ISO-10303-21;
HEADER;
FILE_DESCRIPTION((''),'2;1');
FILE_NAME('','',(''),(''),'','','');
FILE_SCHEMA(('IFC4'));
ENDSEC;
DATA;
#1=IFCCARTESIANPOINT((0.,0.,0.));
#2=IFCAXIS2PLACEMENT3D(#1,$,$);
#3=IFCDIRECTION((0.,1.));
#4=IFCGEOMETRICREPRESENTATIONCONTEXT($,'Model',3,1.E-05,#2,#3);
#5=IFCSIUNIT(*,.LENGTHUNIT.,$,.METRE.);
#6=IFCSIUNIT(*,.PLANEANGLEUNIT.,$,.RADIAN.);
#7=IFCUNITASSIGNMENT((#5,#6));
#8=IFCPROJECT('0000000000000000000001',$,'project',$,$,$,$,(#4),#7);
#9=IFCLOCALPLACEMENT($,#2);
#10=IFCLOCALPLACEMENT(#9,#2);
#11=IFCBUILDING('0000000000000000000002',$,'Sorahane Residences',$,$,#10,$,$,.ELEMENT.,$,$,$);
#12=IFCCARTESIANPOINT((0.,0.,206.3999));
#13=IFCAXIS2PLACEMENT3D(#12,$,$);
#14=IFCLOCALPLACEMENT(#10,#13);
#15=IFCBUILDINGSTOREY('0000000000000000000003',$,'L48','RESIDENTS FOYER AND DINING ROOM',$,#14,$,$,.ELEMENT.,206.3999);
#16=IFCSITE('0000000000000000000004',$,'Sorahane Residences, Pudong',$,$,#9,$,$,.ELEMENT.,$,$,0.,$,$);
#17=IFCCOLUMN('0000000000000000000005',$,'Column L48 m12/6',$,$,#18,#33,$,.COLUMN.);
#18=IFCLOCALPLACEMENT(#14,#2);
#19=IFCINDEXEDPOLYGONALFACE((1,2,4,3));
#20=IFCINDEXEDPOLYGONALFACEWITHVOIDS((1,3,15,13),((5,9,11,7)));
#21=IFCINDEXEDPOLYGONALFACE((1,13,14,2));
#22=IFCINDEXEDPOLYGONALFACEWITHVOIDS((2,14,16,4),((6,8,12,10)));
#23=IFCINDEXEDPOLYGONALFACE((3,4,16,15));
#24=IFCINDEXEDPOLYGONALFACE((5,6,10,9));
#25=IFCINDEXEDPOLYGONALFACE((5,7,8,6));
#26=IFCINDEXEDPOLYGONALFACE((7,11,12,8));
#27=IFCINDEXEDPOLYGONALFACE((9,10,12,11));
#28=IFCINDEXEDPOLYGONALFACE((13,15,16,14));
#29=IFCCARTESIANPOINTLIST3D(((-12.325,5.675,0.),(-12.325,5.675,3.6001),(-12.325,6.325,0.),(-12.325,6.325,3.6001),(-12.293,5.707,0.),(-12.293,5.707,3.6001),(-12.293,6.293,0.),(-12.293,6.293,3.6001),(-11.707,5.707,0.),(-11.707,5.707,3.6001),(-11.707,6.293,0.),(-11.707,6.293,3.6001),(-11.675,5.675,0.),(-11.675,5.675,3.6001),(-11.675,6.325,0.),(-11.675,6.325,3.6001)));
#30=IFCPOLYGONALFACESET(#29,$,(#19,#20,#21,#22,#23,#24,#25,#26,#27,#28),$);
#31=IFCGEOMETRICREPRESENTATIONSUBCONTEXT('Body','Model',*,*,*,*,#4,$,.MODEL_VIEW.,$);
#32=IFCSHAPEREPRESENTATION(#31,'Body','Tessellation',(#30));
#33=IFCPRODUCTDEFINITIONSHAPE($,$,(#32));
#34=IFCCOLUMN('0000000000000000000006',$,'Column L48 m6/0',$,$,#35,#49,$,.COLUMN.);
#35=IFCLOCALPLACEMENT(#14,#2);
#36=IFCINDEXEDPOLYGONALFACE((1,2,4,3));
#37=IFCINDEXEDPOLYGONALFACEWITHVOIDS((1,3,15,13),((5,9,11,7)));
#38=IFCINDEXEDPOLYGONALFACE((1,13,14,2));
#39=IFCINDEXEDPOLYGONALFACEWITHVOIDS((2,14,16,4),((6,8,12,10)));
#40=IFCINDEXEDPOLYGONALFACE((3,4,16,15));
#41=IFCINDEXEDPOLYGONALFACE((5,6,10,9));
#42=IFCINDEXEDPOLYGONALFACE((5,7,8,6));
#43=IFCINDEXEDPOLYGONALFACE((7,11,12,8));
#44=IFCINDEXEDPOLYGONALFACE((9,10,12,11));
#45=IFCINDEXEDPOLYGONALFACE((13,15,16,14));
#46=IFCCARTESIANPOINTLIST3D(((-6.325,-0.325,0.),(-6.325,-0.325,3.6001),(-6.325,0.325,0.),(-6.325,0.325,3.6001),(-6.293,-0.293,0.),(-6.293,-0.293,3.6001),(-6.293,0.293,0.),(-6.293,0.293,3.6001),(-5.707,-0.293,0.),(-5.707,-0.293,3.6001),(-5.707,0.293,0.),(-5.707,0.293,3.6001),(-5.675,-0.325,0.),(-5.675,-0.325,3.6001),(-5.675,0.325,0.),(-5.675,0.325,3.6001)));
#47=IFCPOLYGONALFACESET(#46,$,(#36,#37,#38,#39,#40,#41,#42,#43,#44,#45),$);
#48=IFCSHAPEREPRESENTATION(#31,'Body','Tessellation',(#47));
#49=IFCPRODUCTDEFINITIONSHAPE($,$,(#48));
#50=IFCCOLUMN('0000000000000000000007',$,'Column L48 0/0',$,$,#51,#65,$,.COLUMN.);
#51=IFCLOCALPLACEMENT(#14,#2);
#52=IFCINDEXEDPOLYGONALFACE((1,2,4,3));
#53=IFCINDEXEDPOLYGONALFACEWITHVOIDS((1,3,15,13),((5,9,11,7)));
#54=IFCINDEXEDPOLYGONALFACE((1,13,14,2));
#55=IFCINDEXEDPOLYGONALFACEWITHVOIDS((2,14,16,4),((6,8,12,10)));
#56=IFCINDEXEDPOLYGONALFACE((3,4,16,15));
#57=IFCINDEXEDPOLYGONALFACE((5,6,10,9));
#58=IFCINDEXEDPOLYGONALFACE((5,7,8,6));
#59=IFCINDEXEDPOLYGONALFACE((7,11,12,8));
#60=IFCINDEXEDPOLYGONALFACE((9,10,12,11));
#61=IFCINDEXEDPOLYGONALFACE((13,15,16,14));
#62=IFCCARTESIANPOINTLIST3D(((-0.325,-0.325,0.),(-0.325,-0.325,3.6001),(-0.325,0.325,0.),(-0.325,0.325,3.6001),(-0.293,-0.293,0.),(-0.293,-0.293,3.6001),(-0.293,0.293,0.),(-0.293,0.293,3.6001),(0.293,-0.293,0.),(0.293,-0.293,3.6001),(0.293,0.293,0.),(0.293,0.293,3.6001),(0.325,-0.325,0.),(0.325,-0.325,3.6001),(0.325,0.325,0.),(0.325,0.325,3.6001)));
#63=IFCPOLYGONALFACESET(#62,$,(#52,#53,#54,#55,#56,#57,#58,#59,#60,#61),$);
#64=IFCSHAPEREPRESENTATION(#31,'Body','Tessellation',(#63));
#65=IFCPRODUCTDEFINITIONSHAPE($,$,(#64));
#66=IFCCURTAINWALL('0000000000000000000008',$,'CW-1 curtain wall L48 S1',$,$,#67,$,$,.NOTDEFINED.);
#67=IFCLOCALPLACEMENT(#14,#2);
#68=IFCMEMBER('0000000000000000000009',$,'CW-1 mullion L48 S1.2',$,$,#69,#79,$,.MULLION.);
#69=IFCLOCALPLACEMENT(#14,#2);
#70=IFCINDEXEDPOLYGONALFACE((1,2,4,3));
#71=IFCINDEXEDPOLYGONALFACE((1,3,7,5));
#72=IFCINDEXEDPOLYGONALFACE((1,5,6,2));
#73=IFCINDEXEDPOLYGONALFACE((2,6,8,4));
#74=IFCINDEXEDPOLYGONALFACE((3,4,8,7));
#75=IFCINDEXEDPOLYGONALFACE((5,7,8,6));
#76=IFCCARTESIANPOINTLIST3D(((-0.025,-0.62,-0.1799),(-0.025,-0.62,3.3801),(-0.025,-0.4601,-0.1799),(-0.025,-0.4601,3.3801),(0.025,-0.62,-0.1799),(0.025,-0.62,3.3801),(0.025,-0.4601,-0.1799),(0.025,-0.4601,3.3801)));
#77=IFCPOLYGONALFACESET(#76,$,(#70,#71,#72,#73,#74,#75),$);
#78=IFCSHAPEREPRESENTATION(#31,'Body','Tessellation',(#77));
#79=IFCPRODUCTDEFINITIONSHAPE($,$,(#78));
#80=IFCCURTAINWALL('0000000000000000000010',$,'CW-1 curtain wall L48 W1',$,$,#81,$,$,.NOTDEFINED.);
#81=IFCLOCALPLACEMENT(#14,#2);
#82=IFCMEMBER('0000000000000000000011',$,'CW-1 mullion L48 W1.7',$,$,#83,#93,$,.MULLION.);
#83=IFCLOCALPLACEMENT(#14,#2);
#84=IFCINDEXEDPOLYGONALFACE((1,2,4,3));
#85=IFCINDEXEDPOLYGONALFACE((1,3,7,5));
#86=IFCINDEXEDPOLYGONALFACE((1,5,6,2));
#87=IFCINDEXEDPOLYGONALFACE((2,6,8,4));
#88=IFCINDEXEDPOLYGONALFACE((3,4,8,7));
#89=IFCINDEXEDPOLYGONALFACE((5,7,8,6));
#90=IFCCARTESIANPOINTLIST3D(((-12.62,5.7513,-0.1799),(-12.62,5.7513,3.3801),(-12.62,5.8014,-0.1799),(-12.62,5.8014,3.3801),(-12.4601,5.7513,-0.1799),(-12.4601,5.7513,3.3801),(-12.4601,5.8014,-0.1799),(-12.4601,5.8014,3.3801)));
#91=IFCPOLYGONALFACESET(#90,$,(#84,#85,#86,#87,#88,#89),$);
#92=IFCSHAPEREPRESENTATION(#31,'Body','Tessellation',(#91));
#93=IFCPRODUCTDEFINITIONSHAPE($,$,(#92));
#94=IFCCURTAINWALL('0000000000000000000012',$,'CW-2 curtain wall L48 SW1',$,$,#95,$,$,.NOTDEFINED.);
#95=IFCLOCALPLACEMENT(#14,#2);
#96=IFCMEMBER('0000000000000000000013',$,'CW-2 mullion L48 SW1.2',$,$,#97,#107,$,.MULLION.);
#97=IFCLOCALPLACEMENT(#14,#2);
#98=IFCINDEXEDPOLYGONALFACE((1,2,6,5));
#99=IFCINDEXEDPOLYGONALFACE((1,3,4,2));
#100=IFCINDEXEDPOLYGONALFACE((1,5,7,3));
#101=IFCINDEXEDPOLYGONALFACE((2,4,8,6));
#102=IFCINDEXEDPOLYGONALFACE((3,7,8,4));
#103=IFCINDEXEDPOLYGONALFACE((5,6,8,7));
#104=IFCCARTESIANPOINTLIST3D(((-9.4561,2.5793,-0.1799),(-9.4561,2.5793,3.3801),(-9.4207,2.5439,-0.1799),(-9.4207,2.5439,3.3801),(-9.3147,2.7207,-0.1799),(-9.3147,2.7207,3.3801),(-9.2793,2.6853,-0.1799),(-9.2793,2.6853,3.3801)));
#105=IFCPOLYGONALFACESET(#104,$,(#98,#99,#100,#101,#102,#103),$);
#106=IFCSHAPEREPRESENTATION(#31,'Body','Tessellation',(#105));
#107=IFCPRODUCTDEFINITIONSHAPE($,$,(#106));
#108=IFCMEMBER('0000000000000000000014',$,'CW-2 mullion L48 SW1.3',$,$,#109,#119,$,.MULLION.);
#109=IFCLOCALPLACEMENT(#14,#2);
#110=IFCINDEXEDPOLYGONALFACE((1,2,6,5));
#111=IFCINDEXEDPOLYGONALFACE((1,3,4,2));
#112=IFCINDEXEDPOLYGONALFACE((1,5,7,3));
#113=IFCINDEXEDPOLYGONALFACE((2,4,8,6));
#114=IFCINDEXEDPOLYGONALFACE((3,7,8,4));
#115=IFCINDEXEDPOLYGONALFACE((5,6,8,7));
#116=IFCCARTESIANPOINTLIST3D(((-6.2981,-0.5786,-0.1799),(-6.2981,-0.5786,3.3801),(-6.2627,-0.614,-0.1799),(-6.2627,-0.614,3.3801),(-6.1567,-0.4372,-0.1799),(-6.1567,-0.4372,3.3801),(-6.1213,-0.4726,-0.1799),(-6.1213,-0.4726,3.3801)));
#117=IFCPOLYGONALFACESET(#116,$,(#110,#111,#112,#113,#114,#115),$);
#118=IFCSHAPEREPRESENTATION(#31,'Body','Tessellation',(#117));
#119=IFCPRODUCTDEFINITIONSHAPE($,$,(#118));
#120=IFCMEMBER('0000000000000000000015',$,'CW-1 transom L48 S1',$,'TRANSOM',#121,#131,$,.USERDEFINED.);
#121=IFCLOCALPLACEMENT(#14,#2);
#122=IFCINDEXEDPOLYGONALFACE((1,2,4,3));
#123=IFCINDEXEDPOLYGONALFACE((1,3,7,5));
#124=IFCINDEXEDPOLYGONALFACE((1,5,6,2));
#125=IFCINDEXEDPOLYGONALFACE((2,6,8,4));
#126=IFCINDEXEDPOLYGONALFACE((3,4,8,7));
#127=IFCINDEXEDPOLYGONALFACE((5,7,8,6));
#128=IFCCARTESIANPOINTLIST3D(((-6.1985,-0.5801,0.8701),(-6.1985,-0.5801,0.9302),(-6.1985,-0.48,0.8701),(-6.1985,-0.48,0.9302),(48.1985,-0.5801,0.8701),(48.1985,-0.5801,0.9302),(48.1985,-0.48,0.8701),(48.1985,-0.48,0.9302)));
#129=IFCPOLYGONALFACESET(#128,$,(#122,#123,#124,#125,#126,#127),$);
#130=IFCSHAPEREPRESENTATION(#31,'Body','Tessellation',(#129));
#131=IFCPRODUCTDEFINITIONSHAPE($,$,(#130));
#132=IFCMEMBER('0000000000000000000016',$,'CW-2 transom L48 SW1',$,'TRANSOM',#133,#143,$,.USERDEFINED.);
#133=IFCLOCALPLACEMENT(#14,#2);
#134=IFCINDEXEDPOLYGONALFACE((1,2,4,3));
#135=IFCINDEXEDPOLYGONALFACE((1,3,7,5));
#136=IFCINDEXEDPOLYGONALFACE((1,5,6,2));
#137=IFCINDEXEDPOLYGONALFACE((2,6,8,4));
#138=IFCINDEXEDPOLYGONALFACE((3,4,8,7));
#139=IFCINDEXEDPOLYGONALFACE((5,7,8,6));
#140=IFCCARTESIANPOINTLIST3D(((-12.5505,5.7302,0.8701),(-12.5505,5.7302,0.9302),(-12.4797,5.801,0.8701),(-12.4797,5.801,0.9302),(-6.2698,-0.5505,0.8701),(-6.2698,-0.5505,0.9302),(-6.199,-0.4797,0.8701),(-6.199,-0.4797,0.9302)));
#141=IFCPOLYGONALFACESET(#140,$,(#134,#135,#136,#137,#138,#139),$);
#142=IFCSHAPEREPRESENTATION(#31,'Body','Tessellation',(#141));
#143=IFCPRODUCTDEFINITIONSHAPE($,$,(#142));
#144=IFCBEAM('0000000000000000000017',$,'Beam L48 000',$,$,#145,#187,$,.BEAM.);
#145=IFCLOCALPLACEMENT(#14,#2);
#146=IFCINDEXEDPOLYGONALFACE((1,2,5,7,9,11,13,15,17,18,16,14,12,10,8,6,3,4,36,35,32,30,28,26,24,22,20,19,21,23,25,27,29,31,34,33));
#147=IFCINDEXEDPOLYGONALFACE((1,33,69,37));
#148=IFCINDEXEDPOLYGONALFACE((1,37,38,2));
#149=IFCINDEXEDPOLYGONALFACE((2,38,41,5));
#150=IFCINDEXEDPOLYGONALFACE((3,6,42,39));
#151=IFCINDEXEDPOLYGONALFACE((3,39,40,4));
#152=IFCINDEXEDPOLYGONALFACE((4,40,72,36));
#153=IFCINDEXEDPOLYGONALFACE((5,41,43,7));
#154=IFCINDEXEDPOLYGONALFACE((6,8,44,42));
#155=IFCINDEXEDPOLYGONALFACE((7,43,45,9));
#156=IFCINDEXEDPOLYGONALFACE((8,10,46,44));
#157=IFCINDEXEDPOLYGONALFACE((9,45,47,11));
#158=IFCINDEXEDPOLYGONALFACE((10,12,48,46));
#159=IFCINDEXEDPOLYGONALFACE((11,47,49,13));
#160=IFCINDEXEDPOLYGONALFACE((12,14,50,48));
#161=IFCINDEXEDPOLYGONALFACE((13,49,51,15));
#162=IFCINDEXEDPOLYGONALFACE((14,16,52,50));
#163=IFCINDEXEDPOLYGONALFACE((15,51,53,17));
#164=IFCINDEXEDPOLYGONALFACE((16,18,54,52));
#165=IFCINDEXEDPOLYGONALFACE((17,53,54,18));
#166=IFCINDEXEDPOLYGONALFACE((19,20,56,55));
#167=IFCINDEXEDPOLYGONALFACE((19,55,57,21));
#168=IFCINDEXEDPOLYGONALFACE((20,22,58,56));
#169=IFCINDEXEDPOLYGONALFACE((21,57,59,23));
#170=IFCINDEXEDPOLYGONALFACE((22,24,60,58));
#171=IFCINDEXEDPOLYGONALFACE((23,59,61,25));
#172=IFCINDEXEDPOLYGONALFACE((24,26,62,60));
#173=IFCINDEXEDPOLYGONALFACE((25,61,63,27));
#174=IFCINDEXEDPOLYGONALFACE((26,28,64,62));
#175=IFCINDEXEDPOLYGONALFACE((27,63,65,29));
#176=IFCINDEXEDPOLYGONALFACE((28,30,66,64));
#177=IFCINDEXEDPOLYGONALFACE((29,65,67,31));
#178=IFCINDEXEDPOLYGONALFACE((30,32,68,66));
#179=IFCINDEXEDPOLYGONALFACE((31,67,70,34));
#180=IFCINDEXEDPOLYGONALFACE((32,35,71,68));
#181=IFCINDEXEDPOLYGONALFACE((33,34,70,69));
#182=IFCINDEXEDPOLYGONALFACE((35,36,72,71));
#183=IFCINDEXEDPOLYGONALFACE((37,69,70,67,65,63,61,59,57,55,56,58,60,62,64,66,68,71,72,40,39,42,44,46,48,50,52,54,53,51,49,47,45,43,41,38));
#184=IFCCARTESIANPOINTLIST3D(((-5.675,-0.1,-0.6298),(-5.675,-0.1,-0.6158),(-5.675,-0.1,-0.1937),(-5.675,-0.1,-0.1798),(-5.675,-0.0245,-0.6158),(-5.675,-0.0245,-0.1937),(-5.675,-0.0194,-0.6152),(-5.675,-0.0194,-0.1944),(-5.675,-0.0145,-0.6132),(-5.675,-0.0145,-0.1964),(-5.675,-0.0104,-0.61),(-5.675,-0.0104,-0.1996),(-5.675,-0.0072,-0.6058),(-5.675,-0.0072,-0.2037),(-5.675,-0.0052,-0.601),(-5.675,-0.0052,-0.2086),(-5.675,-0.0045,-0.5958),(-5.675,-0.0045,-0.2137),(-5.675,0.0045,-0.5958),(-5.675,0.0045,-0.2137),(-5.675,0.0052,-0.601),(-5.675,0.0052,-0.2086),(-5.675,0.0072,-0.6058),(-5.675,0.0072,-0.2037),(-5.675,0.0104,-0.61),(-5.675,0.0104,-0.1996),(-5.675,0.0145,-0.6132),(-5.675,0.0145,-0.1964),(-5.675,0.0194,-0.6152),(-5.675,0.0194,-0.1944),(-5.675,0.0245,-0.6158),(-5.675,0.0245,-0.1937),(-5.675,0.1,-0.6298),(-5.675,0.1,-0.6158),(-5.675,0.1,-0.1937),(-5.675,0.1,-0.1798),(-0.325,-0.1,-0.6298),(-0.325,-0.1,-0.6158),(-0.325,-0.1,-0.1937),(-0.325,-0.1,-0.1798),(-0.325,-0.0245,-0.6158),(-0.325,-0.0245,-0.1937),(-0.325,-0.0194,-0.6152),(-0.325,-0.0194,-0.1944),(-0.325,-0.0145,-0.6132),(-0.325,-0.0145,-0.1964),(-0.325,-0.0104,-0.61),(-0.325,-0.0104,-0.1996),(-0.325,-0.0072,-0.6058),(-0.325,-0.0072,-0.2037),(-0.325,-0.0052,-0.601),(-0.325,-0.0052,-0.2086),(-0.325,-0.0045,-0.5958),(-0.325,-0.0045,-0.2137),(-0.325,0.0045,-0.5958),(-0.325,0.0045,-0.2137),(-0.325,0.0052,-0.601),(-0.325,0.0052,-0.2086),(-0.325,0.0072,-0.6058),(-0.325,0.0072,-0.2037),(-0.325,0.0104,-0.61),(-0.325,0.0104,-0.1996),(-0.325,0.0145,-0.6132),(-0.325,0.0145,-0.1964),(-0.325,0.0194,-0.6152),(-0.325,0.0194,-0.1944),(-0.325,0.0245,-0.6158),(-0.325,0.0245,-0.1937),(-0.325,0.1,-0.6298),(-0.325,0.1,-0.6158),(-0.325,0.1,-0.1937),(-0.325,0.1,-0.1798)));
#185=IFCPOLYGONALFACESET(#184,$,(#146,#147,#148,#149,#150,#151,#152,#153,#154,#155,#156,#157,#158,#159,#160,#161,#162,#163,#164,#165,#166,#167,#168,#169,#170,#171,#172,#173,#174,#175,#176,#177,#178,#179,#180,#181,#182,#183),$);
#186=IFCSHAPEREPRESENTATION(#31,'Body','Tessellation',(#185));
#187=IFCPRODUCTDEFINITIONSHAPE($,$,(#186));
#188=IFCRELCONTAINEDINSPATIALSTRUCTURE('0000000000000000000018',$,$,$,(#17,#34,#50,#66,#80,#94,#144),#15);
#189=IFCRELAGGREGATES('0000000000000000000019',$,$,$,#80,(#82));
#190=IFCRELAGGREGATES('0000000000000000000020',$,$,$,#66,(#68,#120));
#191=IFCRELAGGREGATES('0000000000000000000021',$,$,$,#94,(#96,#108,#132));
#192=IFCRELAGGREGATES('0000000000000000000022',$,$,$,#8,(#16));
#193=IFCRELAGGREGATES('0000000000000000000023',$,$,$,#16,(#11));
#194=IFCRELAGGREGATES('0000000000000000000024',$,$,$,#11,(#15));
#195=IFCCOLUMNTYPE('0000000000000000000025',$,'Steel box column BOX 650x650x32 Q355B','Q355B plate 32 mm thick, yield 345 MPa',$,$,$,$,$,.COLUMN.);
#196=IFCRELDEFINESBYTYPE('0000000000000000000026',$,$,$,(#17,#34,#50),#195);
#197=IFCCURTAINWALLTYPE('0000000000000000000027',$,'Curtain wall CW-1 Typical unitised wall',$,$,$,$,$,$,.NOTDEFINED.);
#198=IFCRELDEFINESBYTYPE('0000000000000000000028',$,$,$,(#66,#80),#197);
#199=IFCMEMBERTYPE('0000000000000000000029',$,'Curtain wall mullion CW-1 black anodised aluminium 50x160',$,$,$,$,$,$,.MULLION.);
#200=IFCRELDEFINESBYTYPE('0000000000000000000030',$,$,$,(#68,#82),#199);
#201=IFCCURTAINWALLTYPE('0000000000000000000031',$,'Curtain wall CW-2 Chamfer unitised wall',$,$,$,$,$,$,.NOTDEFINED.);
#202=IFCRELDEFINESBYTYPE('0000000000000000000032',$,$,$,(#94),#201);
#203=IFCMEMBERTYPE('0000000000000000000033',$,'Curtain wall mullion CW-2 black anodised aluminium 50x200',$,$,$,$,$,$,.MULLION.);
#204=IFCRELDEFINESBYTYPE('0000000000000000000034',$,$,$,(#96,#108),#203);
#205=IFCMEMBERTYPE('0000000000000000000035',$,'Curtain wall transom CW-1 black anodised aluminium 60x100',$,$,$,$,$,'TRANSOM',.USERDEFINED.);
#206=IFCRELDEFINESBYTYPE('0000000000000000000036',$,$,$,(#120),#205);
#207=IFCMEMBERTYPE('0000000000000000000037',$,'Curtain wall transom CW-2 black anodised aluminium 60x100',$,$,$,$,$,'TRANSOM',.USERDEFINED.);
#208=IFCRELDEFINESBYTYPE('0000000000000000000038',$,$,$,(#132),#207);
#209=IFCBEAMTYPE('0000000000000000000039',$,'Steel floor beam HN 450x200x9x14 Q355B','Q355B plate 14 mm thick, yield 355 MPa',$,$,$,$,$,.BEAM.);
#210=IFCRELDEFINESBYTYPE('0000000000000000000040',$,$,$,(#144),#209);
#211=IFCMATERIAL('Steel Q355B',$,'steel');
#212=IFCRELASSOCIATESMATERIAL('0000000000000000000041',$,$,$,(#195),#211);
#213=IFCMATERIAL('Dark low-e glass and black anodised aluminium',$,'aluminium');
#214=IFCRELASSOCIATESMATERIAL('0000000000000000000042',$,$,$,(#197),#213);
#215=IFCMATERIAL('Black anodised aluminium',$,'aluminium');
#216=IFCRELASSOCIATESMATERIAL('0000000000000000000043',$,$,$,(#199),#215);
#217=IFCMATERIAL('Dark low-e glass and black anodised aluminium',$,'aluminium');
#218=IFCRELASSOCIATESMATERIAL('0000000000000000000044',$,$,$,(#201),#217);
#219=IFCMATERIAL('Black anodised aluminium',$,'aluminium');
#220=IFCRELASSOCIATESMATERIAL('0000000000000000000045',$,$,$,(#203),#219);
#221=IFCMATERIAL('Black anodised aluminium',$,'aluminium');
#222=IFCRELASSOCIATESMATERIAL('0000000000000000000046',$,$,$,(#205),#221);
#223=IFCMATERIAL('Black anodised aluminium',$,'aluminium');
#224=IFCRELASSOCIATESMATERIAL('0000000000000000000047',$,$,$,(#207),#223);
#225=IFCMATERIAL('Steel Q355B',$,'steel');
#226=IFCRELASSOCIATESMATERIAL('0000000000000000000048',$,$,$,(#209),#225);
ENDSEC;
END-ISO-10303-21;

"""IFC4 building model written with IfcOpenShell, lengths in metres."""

from ifc_helpers import new_model, si_unit, direction, frame, origin, origin_2d, place, context, subcontext, project, spatial, rectangle, hollow_rectangle, i_section, extrude, material, material_profile, profile_set, type_object, element, aggregate, save


model = new_model("IFC4")

# Units and contexts
model_context = context("Model", 3, precision=1e-05, world=origin(), true_north=direction((0.0, 1.0)))
body_context = subcontext(model_context, "Body", "Model", "MODEL_VIEW")
ifc_project = project(units=[si_unit("LENGTHUNIT", "METRE"), si_unit("PLANEANGLEUNIT", "RADIAN")], contexts=[model_context])

# Site, building, storey
site_placement = place(None, origin())
site = spatial("IfcSite", under=ifc_project, at=site_placement, Name="Sorahane Residences, Pudong", CompositionType="ELEMENT", RefElevation=0.0)
building_placement = place(site_placement, origin())
building = spatial("IfcBuilding", under=site, at=building_placement, Name="Sorahane Residences", CompositionType="ELEMENT")
storey_placement = place(building_placement, frame((0.0, 0.0, 206.3999)))
storey = spatial("IfcBuildingStorey", under=building, at=storey_placement, Name="L48", Description="RESIDENTS FOYER AND DINING ROOM", CompositionType="ELEMENT", Elevation=206.3999)

# Columns
ifc_material_1 = material(Name="Steel Q355B", Category="steel")
ifc_material_profile_1 = material_profile(ifc_material_1, hollow_rectangle(XDim=0.6499, YDim=0.6499, WallThickness=0.032, at=origin_2d()), Name="BOX 650x650x32")
ifc_profile_set_1 = profile_set([ifc_material_profile_1], Name="Steel Q355B")
column_type = type_object("IfcColumnType", Name="Steel box column BOX 650x650x32 Q355B", Description="Q355B plate 32 mm thick, yield 345 MPa", PredefinedType="COLUMN", material=ifc_profile_set_1)
for number, where, z_axis, x_axis, name in (
    (1, (-12.0, 6.0, 0.0), (0.0, 0.0, 1.0), (1.0, 0.0, 0.0), "Column L48 m12/6"),
    (2, (-6.0, 0.0, 0.0), (0.0, 0.0, 1.0), (1.0, 0.0, 0.0), "Column L48 m6/0"),
    (3, (0.0, 0.0, 0.0), (0.0, 0.0, 1.0), (1.0, 0.0, 0.0), "Column L48 0/0"),
):
    element("IfcColumn", number, at=place(storey_placement, frame(where, z_axis=z_axis, x_axis=x_axis)), inside=storey, type_object=column_type, Name=name, PredefinedType="COLUMN", context=body_context, shape_type="SweptSolid", body=[
        extrude(hollow_rectangle(XDim=0.6499, YDim=0.6499, WallThickness=0.032, at=origin_2d()), origin(), (0.0, 0.0, 1.0), 3.6001),
    ])

# Curtain walls, members
ifc_material_2 = material(Name="Dark low-e glass and black anodised aluminium", Category="aluminium")
curtain_wall_type_1 = type_object("IfcCurtainWallType", Name="Curtain wall CW-1 Typical unitised wall", PredefinedType="NOTDEFINED", material=ifc_material_2)
curtain_wall_1_placement = place(storey_placement, origin())
curtain_wall_1 = element("IfcCurtainWall", 4, at=curtain_wall_1_placement, inside=storey, type_object=curtain_wall_type_1, Name="CW-1 curtain wall L48 S1", PredefinedType="NOTDEFINED")
ifc_material_3 = material(Name="Black anodised aluminium", Category="aluminium")
ifc_material_profile_2 = material_profile(ifc_material_3, rectangle(XDim=0.1599, YDim=0.05, at=origin_2d()), Name="Curtain wall mullion CW-1 black anodised aluminium 50x160")
ifc_profile_set_2 = profile_set([ifc_material_profile_2], Name="Black anodised aluminium")
member_type_1 = type_object("IfcMemberType", Name="Curtain wall mullion CW-1 black anodised aluminium 50x160", PredefinedType="MULLION", material=ifc_profile_set_2)
member_1_placement = place(storey_placement, frame((0.0, -0.54, -0.1799), z_axis=(0.0, 0.0, 1.0), x_axis=(0.0, -1.0, 0.0)))
member_1 = element("IfcMember", 5, at=member_1_placement, type_object=member_type_1, Name="CW-1 mullion L48 S1.2", PredefinedType="MULLION", context=body_context, shape_type="SweptSolid", body=[
    extrude(rectangle(XDim=0.1599, YDim=0.05, at=origin_2d()), origin(), (0.0, 0.0, 1.0), 3.5601),
])
curtain_wall_2_placement = place(storey_placement, origin())
curtain_wall_2 = element("IfcCurtainWall", 6, at=curtain_wall_2_placement, inside=storey, type_object=curtain_wall_type_1, Name="CW-1 curtain wall L48 W1", PredefinedType="NOTDEFINED")
member_2_placement = place(storey_placement, frame((-12.54, 5.7764, -0.1799), z_axis=(0.0, 0.0, 1.0), x_axis=(-1.0, 0.0, 0.0)))
member_2 = element("IfcMember", 7, at=member_2_placement, type_object=member_type_1, Name="CW-1 mullion L48 W1.7", PredefinedType="MULLION", context=body_context, shape_type="SweptSolid", body=[
    extrude(rectangle(XDim=0.1599, YDim=0.05, at=origin_2d()), origin(), (0.0, 0.0, 1.0), 3.5601),
])
aggregate(curtain_wall_2, [member_2])

# Curtain wall, members
ifc_material_4 = material(Name="Dark low-e glass and black anodised aluminium", Category="aluminium")
curtain_wall_type_2 = type_object("IfcCurtainWallType", Name="Curtain wall CW-2 Chamfer unitised wall", PredefinedType="NOTDEFINED", material=ifc_material_4)
curtain_wall_3_placement = place(storey_placement, origin())
curtain_wall_3 = element("IfcCurtainWall", 8, at=curtain_wall_3_placement, inside=storey, type_object=curtain_wall_type_2, Name="CW-2 curtain wall L48 SW1", PredefinedType="NOTDEFINED")
ifc_material_5 = material(Name="Black anodised aluminium", Category="aluminium")
ifc_material_profile_3 = material_profile(ifc_material_5, rectangle(XDim=0.2, YDim=0.05, at=origin_2d()), Name="Curtain wall mullion CW-2 black anodised aluminium 50x200")
ifc_profile_set_3 = profile_set([ifc_material_profile_3], Name="Black anodised aluminium")
member_type_2 = type_object("IfcMemberType", Name="Curtain wall mullion CW-2 black anodised aluminium 50x200", PredefinedType="MULLION", material=ifc_profile_set_3)
member_3_placement = place(storey_placement, frame((-9.3677, 2.6323, -0.1799), z_axis=(0.0, 0.0, 1.0), x_axis=(-0.707107, -0.707107, 0.0)))
member_3 = element("IfcMember", 9, at=member_3_placement, type_object=member_type_2, Name="CW-2 mullion L48 SW1.2", PredefinedType="MULLION", context=body_context, shape_type="SweptSolid", body=[
    extrude(rectangle(XDim=0.2, YDim=0.05, at=origin_2d()), origin(), (0.0, 0.0, 1.0), 3.5601),
])
member_4_placement = place(storey_placement, frame((-6.2097, -0.5256, -0.1799), z_axis=(0.0, 0.0, 1.0), x_axis=(-0.707107, -0.707107, 0.0)))
member_4 = element("IfcMember", 10, at=member_4_placement, type_object=member_type_2, Name="CW-2 mullion L48 SW1.3", PredefinedType="MULLION", context=body_context, shape_type="SweptSolid", body=[
    extrude(rectangle(XDim=0.2, YDim=0.05, at=origin_2d()), origin(), (0.0, 0.0, 1.0), 3.5601),
])

# Members
ifc_material_6 = material(Name="Black anodised aluminium", Category="aluminium")
ifc_material_profile_4 = material_profile(ifc_material_6, rectangle(XDim=0.1001, YDim=0.0601, at=origin_2d()), Name="Curtain wall transom CW-1 black anodised aluminium 60x100")
ifc_profile_set_4 = profile_set([ifc_material_profile_4], Name="Black anodised aluminium")
member_type_3 = type_object("IfcMemberType", Name="Curtain wall transom CW-1 black anodised aluminium 60x100", ElementType="TRANSOM", PredefinedType="USERDEFINED", material=ifc_profile_set_4)
member_5_placement = place(storey_placement, frame((-6.1985, -0.53, 0.9001), z_axis=(1.0, 0.0, 0.0), x_axis=(0.0, 1.0, 0.0)))
member_5 = element("IfcMember", 11, at=member_5_placement, type_object=member_type_3, Name="CW-1 transom L48 S1", ObjectType="TRANSOM", PredefinedType="USERDEFINED", context=body_context, shape_type="SweptSolid", body=[
    extrude(rectangle(XDim=0.1001, YDim=0.0601, at=origin_2d()), origin(), (0.0, 0.0, 1.0), 54.397),
])
ifc_material_7 = material(Name="Black anodised aluminium", Category="aluminium")
ifc_material_profile_5 = material_profile(ifc_material_7, rectangle(XDim=0.1001, YDim=0.0601, at=origin_2d()), Name="Curtain wall transom CW-2 black anodised aluminium 60x100")
ifc_profile_set_5 = profile_set([ifc_material_profile_5], Name="Black anodised aluminium")
member_type_4 = type_object("IfcMemberType", Name="Curtain wall transom CW-2 black anodised aluminium 60x100", ElementType="TRANSOM", PredefinedType="USERDEFINED", material=ifc_profile_set_5)
member_6_placement = place(storey_placement, frame((-12.5151, 5.7656, 0.9001), z_axis=(0.707107, -0.707107, 0.0), x_axis=(0.707107, 0.707107, 0.0)))
member_6 = element("IfcMember", 12, at=member_6_placement, type_object=member_type_4, Name="CW-2 transom L48 SW1", ObjectType="TRANSOM", PredefinedType="USERDEFINED", context=body_context, shape_type="SweptSolid", body=[
    extrude(rectangle(XDim=0.1001, YDim=0.0601, at=origin_2d()), origin(), (0.0, 0.0, 1.0), 8.8823),
])

# Beam
ifc_material_8 = material(Name="Steel Q355B", Category="steel")
ifc_material_profile_6 = material_profile(ifc_material_8, i_section(OverallWidth=0.2, OverallDepth=0.45, WebThickness=0.009, FlangeThickness=0.0139, FilletRadius=0.02, at=origin_2d()), Name="HN 450x200x9x14")
ifc_profile_set_6 = profile_set([ifc_material_profile_6], Name="Steel Q355B")
beam_type_1 = type_object("IfcBeamType", Name="Steel floor beam HN 450x200x9x14 Q355B", Description="Q355B plate 14 mm thick, yield 355 MPa", PredefinedType="BEAM", material=ifc_profile_set_6)
beam_1_placement = place(storey_placement, frame((-5.675, 0.0, -0.4048), z_axis=(1.0, 0.0, 0.0), x_axis=(0.0, 1.0, 0.0)))
element("IfcBeam", 13, at=beam_1_placement, inside=storey, type_object=beam_type_1, Name="Beam L48 000", PredefinedType="BEAM", context=body_context, shape_type="SweptSolid", body=[
    extrude(i_section(OverallWidth=0.2, OverallDepth=0.45, WebThickness=0.009, FlangeThickness=0.0139, FilletRadius=0.02, at=origin_2d()), origin(), (0.0, 0.0, 1.0), 5.3501),
])

aggregate(curtain_wall_1, [member_1, member_5])
aggregate(curtain_wall_3, [member_3, member_4, member_6])

save(model, "model.ifc")
